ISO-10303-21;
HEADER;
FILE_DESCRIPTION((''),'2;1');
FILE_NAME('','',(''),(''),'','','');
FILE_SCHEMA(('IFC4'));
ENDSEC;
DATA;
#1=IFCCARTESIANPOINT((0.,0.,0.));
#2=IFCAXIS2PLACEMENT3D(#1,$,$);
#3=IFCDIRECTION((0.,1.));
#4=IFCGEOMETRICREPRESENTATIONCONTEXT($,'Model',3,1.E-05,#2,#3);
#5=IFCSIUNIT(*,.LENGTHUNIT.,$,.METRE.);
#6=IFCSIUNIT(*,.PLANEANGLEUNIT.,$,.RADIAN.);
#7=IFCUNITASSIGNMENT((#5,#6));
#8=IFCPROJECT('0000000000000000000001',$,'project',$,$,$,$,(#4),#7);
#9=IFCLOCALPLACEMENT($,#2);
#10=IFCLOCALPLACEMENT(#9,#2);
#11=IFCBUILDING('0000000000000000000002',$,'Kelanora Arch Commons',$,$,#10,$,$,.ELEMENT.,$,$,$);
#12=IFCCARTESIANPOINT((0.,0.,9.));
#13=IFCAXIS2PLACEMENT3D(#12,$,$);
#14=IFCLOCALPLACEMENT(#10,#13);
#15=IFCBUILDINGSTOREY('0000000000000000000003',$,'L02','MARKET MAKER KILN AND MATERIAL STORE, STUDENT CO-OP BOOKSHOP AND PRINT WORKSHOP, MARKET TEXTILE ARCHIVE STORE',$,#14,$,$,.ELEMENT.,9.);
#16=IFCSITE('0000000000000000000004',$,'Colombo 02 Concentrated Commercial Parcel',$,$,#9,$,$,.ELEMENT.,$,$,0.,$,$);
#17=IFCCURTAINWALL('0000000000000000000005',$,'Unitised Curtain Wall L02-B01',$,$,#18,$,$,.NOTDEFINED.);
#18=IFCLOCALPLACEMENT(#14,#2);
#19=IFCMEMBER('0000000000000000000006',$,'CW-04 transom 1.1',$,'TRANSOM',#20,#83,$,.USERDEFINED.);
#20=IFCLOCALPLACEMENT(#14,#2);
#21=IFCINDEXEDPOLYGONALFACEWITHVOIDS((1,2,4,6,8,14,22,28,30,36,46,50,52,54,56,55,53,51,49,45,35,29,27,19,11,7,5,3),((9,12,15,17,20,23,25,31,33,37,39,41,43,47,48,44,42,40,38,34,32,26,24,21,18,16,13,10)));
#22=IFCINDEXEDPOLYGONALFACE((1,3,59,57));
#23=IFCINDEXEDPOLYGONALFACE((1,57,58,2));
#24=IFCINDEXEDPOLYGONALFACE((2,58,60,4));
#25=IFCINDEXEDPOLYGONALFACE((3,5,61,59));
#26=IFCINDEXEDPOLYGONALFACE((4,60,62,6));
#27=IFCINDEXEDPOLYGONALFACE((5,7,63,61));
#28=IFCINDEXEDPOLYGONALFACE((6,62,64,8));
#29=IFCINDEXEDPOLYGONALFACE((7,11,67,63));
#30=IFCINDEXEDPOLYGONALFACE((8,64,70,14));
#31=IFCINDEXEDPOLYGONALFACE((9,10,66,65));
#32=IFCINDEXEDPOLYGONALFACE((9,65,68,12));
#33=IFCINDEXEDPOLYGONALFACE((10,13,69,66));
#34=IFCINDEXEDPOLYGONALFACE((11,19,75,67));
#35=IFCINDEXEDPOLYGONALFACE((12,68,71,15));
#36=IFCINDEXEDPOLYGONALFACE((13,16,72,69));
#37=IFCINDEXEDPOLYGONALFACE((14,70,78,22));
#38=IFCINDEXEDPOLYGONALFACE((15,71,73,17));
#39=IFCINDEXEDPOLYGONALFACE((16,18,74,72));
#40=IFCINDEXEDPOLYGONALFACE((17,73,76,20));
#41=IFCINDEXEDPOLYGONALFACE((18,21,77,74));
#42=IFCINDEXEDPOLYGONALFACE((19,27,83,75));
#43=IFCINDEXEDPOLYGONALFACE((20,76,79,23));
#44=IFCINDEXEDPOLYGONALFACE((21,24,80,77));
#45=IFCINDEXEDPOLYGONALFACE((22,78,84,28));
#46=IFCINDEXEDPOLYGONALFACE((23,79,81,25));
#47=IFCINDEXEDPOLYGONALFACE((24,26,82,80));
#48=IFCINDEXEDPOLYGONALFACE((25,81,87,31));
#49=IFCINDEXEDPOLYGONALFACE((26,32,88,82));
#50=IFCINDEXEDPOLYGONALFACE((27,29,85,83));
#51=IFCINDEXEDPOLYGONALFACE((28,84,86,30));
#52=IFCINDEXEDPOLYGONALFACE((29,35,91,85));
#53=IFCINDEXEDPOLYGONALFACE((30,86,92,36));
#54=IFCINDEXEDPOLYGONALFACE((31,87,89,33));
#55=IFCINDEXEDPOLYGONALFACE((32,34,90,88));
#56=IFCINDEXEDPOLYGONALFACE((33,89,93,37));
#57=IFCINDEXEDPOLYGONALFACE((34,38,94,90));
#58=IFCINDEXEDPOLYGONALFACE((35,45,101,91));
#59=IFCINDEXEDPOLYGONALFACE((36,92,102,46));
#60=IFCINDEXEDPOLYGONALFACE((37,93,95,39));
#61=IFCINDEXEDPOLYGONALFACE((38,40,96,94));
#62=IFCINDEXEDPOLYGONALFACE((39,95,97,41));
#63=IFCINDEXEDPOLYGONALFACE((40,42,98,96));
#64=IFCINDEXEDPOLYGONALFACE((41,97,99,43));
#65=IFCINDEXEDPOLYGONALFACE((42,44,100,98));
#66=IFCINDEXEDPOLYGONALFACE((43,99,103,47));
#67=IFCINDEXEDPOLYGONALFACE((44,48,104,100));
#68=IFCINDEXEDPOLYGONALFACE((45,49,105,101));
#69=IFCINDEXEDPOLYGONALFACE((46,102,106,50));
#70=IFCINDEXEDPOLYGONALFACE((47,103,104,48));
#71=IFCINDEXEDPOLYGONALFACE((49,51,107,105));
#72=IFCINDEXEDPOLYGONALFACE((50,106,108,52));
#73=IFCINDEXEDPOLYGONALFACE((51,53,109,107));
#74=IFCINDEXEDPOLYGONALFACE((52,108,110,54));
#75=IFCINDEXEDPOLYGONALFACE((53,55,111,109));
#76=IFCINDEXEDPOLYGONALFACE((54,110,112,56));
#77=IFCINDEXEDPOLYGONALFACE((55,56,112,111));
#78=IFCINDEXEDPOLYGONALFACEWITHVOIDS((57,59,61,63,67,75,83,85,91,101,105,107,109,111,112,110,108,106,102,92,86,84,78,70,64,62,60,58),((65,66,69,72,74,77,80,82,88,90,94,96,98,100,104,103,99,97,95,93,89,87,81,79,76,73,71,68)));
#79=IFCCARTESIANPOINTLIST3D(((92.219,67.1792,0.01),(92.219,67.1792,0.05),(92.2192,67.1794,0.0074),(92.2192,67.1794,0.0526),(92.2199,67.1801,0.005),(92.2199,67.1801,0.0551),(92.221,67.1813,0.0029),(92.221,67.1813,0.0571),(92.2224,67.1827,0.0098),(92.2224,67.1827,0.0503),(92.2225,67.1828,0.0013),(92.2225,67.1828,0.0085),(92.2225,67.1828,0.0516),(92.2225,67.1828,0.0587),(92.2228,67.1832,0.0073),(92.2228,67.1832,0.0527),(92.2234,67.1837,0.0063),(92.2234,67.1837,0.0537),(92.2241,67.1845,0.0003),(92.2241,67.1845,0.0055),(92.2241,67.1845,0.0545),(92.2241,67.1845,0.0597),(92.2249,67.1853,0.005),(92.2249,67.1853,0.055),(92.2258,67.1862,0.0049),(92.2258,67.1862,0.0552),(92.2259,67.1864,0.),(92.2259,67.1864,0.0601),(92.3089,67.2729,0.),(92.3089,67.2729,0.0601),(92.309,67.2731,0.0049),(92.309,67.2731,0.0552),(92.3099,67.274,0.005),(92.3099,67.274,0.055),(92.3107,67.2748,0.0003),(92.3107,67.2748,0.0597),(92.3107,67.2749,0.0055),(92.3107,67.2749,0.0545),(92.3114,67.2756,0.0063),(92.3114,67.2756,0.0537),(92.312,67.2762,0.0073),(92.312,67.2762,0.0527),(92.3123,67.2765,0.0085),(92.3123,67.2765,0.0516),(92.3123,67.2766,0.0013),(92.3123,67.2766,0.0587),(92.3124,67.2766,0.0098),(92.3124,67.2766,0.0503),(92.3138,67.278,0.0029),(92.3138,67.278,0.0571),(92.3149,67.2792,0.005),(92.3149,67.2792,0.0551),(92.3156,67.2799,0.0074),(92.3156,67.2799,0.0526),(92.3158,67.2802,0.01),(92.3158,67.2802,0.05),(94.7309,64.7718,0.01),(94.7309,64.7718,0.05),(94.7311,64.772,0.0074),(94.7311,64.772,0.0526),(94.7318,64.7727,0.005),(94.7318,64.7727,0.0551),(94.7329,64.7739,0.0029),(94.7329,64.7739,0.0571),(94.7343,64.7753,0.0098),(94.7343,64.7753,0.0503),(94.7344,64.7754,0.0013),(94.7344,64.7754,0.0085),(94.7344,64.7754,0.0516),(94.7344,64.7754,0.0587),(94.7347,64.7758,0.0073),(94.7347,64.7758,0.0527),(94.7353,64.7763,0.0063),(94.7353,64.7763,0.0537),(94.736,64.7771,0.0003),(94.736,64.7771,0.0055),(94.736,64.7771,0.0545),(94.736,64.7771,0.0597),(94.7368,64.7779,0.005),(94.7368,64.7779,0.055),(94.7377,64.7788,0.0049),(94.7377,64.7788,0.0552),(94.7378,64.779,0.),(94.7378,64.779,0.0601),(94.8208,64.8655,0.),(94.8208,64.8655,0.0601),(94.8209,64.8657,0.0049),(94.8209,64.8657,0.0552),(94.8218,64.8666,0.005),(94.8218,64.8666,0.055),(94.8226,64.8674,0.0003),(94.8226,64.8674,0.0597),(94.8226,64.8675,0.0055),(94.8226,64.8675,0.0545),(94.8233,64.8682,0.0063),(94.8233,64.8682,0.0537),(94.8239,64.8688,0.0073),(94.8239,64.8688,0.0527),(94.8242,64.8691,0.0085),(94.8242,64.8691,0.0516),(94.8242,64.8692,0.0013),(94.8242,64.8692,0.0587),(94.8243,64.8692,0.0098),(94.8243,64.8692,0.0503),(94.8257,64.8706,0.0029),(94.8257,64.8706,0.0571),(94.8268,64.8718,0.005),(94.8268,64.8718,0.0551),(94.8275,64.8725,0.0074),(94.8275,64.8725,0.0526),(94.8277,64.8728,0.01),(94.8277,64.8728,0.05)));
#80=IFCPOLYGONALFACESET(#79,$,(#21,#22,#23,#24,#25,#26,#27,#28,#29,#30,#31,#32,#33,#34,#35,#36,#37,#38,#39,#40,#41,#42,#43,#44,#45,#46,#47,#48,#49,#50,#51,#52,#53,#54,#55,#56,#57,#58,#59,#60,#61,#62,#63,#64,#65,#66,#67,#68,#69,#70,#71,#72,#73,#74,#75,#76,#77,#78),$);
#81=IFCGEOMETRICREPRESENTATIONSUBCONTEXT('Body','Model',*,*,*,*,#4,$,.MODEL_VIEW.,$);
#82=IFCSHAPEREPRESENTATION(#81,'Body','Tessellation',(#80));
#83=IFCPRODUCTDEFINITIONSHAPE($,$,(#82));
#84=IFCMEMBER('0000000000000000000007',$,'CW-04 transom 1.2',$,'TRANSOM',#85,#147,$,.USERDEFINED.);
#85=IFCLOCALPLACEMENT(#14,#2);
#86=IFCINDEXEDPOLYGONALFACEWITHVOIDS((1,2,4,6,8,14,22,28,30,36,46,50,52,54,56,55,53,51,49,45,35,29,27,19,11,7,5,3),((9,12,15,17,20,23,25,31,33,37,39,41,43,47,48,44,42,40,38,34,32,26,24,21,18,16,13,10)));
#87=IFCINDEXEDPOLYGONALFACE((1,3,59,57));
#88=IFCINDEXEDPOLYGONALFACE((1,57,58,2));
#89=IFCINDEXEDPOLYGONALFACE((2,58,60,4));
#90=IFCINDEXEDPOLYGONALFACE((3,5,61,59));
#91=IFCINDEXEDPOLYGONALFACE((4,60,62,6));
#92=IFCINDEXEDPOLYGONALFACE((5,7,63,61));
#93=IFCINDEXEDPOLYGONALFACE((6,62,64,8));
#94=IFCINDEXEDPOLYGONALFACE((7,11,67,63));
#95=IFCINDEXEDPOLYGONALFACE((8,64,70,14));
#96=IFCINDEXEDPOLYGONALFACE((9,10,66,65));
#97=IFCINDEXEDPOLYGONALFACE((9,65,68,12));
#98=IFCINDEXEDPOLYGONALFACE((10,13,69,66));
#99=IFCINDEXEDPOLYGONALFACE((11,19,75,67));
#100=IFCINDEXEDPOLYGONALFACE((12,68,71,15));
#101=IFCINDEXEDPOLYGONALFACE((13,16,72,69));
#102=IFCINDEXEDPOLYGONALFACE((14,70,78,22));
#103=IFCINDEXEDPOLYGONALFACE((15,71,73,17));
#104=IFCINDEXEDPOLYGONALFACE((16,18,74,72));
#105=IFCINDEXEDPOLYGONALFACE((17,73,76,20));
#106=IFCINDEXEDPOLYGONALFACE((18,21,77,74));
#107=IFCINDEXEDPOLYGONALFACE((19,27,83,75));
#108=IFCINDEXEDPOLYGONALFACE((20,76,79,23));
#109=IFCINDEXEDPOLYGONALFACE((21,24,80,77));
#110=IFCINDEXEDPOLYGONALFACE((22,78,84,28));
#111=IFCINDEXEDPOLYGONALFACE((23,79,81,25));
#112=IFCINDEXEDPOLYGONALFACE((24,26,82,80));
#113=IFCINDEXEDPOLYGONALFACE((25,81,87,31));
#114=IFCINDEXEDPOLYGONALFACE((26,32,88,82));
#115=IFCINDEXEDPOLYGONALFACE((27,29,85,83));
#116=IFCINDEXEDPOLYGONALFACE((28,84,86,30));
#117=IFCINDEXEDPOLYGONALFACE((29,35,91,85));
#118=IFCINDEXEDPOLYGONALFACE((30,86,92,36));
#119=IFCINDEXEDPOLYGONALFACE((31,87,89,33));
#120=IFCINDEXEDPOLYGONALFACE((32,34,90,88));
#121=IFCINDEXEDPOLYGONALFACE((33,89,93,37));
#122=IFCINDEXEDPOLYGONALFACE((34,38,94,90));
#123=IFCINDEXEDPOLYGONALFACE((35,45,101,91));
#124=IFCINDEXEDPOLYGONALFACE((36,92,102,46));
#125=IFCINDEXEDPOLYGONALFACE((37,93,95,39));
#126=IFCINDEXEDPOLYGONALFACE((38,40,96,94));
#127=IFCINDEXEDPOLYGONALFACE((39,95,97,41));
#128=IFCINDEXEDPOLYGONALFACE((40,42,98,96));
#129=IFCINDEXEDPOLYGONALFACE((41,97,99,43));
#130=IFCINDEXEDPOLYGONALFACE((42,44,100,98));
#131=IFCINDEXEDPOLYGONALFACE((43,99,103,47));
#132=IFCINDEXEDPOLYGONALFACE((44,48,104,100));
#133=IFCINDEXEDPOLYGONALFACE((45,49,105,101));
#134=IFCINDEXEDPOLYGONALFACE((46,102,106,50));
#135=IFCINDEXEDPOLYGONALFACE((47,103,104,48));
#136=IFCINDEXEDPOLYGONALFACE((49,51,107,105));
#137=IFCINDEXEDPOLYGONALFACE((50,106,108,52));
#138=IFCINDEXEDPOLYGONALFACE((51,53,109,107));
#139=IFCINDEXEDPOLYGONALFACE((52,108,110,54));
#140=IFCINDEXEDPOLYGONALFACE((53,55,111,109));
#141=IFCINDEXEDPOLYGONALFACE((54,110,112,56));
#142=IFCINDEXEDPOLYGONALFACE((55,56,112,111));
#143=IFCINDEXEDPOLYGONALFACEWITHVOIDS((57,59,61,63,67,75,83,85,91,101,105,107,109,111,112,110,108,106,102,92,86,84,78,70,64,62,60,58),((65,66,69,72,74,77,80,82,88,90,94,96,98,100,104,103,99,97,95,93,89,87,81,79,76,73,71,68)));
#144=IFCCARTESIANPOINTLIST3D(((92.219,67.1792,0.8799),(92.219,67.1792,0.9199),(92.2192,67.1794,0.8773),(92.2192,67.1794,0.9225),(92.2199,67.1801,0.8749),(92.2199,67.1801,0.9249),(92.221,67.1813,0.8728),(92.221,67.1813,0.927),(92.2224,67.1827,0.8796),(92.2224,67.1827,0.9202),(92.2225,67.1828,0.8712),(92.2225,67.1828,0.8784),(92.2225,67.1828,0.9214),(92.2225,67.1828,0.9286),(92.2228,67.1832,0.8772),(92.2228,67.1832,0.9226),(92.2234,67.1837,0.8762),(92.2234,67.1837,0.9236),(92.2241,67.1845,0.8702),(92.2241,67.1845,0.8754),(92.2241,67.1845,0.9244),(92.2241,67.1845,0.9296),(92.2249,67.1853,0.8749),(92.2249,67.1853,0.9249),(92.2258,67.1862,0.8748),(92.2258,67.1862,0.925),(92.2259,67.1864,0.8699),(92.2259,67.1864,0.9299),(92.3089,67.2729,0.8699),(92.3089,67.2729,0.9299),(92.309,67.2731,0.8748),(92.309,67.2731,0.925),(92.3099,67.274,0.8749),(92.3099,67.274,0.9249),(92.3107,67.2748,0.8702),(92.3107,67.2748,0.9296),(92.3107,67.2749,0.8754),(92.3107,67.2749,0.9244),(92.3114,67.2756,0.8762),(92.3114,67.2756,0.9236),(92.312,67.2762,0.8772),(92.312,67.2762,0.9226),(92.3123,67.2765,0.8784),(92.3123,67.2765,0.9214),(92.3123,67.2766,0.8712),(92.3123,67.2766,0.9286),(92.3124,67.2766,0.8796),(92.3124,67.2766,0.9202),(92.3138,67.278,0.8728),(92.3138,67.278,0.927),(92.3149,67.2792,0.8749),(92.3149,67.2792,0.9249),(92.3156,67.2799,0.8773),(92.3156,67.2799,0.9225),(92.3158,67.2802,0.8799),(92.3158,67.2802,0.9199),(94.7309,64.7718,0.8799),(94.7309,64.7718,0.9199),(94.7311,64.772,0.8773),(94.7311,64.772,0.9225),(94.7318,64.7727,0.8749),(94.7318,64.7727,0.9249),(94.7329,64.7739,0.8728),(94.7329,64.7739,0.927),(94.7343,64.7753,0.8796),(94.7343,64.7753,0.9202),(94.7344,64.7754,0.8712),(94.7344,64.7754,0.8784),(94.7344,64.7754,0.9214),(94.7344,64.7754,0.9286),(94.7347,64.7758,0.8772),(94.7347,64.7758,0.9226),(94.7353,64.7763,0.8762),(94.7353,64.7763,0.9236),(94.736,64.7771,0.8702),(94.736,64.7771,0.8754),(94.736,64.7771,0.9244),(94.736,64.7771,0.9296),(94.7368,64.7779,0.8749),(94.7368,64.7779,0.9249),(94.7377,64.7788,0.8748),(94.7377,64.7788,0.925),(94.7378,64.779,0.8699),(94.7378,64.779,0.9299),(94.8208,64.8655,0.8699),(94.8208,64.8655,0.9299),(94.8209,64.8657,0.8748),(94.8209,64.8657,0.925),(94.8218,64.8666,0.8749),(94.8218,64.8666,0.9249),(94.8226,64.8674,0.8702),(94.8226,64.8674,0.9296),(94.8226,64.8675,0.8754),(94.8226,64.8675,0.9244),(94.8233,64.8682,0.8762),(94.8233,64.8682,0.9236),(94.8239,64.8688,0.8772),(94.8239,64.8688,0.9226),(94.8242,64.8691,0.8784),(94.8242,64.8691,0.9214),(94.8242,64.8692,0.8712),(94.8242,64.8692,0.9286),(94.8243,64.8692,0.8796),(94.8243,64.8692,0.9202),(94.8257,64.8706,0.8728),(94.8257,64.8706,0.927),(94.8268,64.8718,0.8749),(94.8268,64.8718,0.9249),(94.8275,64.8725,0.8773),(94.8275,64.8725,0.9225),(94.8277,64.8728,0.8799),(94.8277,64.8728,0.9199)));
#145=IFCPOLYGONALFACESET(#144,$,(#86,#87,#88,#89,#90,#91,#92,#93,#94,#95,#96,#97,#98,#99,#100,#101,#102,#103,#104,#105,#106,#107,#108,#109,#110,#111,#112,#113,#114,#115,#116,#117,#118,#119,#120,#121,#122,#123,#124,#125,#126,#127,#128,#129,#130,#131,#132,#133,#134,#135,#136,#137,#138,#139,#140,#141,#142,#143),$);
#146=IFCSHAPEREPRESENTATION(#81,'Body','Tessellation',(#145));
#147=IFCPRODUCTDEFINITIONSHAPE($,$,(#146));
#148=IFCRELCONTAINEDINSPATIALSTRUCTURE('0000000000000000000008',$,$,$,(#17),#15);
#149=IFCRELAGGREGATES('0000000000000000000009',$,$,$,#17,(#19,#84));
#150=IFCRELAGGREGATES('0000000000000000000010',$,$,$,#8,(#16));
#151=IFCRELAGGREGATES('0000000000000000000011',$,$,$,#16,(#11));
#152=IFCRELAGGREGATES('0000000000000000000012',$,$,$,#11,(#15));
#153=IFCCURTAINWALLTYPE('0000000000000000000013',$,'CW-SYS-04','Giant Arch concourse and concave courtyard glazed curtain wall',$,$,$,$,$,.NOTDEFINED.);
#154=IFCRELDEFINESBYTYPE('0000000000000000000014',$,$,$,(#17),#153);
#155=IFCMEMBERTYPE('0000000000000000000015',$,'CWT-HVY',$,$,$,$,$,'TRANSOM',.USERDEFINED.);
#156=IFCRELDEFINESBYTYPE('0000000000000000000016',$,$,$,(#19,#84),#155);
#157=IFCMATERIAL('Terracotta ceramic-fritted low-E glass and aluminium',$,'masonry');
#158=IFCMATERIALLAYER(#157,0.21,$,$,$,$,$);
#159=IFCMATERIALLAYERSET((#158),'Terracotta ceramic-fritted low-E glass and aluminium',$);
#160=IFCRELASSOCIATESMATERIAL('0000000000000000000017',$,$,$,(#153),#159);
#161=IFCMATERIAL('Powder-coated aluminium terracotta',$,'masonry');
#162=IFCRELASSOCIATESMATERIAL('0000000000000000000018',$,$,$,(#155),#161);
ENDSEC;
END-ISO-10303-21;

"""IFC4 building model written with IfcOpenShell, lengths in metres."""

from ifc_helpers import new_model, si_unit, direction, frame, origin, origin_2d, place, context, subcontext, project, spatial, hollow_rectangle, extrude, material, layer, layer_set, material_profile, profile_set, type_object, element, aggregate, save


model = new_model("IFC4")

# Units and contexts
model_context = context("Model", 3, precision=1e-05, world=origin(), true_north=direction((0.0, 1.0)))
body_context = subcontext(model_context, "Body", "Model", "MODEL_VIEW")
ifc_project = project(units=[si_unit("LENGTHUNIT", "METRE"), si_unit("PLANEANGLEUNIT", "RADIAN")], contexts=[model_context])

# Site, building, storey
site_placement = place(None, origin())
site = spatial("IfcSite", under=ifc_project, at=site_placement, Name="Colombo 02 Concentrated Commercial Parcel", CompositionType="ELEMENT", RefElevation=0.0)
building_placement = place(site_placement, origin())
building = spatial("IfcBuilding", under=site, at=building_placement, Name="Kelanora Arch Commons", CompositionType="ELEMENT")
storey_placement = place(building_placement, frame((0.0, 0.0, 9.0)))
storey = spatial("IfcBuildingStorey", under=building, at=storey_placement, Name="L02", Description="MARKET MAKER KILN AND MATERIAL STORE, STUDENT CO-OP BOOKSHOP AND PRINT WORKSHOP, MARKET TEXTILE ARCHIVE STORE", CompositionType="ELEMENT", Elevation=9.0)

# Shared definitions
ifc_material_1 = material(Name="Terracotta ceramic-fritted low-E glass and aluminium", Category="masonry")
ifc_layer_1 = layer(ifc_material_1, 0.21)
ifc_layer_set_1 = layer_set([ifc_layer_1], Name="Terracotta ceramic-fritted low-E glass and aluminium")
curtain_wall_type = type_object("IfcCurtainWallType", Name="CW-SYS-04", Description="Giant Arch concourse and concave courtyard glazed curtain wall", PredefinedType="NOTDEFINED", material=ifc_layer_set_1)
ifc_material_2 = material(Name="Powder-coated aluminium terracotta", Category="masonry")

# Curtain wall
curtain_wall_1_placement = place(storey_placement, origin())
curtain_wall_1 = element("IfcCurtainWall", 1, at=curtain_wall_1_placement, inside=storey, type_object=curtain_wall_type, Name="Unitised Curtain Wall L02-B01", PredefinedType="NOTDEFINED")

# Members
ifc_material_profile_1 = material_profile(ifc_material_2, hollow_rectangle(XDim=0.1399, YDim=0.0601, WallThickness=0.0049, InnerFilletRadius=0.0049, OuterFilletRadius=0.01, at=origin_2d()), Name="CWT140x60")
ifc_profile_set_1 = profile_set([ifc_material_profile_1], Name="Powder-coated aluminium terracotta")
member_type_1 = type_object("IfcMemberType", Name="CWT-HVY", ElementType="TRANSOM", PredefinedType="USERDEFINED", material=ifc_profile_set_1)
member_1_placement = place(storey_placement, frame((94.7793, 64.8223, 0.03), z_axis=(-0.721963, 0.691931, 0.0), x_axis=(-0.691931, -0.721963, 0.0)))
member_1 = element("IfcMember", 2, at=member_1_placement, type_object=member_type_1, Name="CW-04 transom 1.1", ObjectType="TRANSOM", PredefinedType="USERDEFINED", context=body_context, shape_type="SweptSolid", body=[
    extrude(hollow_rectangle(XDim=0.1399, YDim=0.0601, WallThickness=0.0049, InnerFilletRadius=0.0049, OuterFilletRadius=0.01, at=origin_2d()), origin(), (0.0, 0.0, 1.0), 3.4792),
])
member_2_placement = place(storey_placement, frame((94.7793, 64.8223, 0.8999), z_axis=(-0.721963, 0.691931, 0.0), x_axis=(-0.691931, -0.721963, 0.0)))
member_2 = element("IfcMember", 3, at=member_2_placement, type_object=member_type_1, Name="CW-04 transom 1.2", ObjectType="TRANSOM", PredefinedType="USERDEFINED", context=body_context, shape_type="SweptSolid", body=[
    extrude(hollow_rectangle(XDim=0.1399, YDim=0.0601, WallThickness=0.0049, InnerFilletRadius=0.0049, OuterFilletRadius=0.01, at=origin_2d()), origin(), (0.0, 0.0, 1.0), 3.4792),
])

aggregate(curtain_wall_1, [member_1, member_2])

save(model, "model.ifc")
